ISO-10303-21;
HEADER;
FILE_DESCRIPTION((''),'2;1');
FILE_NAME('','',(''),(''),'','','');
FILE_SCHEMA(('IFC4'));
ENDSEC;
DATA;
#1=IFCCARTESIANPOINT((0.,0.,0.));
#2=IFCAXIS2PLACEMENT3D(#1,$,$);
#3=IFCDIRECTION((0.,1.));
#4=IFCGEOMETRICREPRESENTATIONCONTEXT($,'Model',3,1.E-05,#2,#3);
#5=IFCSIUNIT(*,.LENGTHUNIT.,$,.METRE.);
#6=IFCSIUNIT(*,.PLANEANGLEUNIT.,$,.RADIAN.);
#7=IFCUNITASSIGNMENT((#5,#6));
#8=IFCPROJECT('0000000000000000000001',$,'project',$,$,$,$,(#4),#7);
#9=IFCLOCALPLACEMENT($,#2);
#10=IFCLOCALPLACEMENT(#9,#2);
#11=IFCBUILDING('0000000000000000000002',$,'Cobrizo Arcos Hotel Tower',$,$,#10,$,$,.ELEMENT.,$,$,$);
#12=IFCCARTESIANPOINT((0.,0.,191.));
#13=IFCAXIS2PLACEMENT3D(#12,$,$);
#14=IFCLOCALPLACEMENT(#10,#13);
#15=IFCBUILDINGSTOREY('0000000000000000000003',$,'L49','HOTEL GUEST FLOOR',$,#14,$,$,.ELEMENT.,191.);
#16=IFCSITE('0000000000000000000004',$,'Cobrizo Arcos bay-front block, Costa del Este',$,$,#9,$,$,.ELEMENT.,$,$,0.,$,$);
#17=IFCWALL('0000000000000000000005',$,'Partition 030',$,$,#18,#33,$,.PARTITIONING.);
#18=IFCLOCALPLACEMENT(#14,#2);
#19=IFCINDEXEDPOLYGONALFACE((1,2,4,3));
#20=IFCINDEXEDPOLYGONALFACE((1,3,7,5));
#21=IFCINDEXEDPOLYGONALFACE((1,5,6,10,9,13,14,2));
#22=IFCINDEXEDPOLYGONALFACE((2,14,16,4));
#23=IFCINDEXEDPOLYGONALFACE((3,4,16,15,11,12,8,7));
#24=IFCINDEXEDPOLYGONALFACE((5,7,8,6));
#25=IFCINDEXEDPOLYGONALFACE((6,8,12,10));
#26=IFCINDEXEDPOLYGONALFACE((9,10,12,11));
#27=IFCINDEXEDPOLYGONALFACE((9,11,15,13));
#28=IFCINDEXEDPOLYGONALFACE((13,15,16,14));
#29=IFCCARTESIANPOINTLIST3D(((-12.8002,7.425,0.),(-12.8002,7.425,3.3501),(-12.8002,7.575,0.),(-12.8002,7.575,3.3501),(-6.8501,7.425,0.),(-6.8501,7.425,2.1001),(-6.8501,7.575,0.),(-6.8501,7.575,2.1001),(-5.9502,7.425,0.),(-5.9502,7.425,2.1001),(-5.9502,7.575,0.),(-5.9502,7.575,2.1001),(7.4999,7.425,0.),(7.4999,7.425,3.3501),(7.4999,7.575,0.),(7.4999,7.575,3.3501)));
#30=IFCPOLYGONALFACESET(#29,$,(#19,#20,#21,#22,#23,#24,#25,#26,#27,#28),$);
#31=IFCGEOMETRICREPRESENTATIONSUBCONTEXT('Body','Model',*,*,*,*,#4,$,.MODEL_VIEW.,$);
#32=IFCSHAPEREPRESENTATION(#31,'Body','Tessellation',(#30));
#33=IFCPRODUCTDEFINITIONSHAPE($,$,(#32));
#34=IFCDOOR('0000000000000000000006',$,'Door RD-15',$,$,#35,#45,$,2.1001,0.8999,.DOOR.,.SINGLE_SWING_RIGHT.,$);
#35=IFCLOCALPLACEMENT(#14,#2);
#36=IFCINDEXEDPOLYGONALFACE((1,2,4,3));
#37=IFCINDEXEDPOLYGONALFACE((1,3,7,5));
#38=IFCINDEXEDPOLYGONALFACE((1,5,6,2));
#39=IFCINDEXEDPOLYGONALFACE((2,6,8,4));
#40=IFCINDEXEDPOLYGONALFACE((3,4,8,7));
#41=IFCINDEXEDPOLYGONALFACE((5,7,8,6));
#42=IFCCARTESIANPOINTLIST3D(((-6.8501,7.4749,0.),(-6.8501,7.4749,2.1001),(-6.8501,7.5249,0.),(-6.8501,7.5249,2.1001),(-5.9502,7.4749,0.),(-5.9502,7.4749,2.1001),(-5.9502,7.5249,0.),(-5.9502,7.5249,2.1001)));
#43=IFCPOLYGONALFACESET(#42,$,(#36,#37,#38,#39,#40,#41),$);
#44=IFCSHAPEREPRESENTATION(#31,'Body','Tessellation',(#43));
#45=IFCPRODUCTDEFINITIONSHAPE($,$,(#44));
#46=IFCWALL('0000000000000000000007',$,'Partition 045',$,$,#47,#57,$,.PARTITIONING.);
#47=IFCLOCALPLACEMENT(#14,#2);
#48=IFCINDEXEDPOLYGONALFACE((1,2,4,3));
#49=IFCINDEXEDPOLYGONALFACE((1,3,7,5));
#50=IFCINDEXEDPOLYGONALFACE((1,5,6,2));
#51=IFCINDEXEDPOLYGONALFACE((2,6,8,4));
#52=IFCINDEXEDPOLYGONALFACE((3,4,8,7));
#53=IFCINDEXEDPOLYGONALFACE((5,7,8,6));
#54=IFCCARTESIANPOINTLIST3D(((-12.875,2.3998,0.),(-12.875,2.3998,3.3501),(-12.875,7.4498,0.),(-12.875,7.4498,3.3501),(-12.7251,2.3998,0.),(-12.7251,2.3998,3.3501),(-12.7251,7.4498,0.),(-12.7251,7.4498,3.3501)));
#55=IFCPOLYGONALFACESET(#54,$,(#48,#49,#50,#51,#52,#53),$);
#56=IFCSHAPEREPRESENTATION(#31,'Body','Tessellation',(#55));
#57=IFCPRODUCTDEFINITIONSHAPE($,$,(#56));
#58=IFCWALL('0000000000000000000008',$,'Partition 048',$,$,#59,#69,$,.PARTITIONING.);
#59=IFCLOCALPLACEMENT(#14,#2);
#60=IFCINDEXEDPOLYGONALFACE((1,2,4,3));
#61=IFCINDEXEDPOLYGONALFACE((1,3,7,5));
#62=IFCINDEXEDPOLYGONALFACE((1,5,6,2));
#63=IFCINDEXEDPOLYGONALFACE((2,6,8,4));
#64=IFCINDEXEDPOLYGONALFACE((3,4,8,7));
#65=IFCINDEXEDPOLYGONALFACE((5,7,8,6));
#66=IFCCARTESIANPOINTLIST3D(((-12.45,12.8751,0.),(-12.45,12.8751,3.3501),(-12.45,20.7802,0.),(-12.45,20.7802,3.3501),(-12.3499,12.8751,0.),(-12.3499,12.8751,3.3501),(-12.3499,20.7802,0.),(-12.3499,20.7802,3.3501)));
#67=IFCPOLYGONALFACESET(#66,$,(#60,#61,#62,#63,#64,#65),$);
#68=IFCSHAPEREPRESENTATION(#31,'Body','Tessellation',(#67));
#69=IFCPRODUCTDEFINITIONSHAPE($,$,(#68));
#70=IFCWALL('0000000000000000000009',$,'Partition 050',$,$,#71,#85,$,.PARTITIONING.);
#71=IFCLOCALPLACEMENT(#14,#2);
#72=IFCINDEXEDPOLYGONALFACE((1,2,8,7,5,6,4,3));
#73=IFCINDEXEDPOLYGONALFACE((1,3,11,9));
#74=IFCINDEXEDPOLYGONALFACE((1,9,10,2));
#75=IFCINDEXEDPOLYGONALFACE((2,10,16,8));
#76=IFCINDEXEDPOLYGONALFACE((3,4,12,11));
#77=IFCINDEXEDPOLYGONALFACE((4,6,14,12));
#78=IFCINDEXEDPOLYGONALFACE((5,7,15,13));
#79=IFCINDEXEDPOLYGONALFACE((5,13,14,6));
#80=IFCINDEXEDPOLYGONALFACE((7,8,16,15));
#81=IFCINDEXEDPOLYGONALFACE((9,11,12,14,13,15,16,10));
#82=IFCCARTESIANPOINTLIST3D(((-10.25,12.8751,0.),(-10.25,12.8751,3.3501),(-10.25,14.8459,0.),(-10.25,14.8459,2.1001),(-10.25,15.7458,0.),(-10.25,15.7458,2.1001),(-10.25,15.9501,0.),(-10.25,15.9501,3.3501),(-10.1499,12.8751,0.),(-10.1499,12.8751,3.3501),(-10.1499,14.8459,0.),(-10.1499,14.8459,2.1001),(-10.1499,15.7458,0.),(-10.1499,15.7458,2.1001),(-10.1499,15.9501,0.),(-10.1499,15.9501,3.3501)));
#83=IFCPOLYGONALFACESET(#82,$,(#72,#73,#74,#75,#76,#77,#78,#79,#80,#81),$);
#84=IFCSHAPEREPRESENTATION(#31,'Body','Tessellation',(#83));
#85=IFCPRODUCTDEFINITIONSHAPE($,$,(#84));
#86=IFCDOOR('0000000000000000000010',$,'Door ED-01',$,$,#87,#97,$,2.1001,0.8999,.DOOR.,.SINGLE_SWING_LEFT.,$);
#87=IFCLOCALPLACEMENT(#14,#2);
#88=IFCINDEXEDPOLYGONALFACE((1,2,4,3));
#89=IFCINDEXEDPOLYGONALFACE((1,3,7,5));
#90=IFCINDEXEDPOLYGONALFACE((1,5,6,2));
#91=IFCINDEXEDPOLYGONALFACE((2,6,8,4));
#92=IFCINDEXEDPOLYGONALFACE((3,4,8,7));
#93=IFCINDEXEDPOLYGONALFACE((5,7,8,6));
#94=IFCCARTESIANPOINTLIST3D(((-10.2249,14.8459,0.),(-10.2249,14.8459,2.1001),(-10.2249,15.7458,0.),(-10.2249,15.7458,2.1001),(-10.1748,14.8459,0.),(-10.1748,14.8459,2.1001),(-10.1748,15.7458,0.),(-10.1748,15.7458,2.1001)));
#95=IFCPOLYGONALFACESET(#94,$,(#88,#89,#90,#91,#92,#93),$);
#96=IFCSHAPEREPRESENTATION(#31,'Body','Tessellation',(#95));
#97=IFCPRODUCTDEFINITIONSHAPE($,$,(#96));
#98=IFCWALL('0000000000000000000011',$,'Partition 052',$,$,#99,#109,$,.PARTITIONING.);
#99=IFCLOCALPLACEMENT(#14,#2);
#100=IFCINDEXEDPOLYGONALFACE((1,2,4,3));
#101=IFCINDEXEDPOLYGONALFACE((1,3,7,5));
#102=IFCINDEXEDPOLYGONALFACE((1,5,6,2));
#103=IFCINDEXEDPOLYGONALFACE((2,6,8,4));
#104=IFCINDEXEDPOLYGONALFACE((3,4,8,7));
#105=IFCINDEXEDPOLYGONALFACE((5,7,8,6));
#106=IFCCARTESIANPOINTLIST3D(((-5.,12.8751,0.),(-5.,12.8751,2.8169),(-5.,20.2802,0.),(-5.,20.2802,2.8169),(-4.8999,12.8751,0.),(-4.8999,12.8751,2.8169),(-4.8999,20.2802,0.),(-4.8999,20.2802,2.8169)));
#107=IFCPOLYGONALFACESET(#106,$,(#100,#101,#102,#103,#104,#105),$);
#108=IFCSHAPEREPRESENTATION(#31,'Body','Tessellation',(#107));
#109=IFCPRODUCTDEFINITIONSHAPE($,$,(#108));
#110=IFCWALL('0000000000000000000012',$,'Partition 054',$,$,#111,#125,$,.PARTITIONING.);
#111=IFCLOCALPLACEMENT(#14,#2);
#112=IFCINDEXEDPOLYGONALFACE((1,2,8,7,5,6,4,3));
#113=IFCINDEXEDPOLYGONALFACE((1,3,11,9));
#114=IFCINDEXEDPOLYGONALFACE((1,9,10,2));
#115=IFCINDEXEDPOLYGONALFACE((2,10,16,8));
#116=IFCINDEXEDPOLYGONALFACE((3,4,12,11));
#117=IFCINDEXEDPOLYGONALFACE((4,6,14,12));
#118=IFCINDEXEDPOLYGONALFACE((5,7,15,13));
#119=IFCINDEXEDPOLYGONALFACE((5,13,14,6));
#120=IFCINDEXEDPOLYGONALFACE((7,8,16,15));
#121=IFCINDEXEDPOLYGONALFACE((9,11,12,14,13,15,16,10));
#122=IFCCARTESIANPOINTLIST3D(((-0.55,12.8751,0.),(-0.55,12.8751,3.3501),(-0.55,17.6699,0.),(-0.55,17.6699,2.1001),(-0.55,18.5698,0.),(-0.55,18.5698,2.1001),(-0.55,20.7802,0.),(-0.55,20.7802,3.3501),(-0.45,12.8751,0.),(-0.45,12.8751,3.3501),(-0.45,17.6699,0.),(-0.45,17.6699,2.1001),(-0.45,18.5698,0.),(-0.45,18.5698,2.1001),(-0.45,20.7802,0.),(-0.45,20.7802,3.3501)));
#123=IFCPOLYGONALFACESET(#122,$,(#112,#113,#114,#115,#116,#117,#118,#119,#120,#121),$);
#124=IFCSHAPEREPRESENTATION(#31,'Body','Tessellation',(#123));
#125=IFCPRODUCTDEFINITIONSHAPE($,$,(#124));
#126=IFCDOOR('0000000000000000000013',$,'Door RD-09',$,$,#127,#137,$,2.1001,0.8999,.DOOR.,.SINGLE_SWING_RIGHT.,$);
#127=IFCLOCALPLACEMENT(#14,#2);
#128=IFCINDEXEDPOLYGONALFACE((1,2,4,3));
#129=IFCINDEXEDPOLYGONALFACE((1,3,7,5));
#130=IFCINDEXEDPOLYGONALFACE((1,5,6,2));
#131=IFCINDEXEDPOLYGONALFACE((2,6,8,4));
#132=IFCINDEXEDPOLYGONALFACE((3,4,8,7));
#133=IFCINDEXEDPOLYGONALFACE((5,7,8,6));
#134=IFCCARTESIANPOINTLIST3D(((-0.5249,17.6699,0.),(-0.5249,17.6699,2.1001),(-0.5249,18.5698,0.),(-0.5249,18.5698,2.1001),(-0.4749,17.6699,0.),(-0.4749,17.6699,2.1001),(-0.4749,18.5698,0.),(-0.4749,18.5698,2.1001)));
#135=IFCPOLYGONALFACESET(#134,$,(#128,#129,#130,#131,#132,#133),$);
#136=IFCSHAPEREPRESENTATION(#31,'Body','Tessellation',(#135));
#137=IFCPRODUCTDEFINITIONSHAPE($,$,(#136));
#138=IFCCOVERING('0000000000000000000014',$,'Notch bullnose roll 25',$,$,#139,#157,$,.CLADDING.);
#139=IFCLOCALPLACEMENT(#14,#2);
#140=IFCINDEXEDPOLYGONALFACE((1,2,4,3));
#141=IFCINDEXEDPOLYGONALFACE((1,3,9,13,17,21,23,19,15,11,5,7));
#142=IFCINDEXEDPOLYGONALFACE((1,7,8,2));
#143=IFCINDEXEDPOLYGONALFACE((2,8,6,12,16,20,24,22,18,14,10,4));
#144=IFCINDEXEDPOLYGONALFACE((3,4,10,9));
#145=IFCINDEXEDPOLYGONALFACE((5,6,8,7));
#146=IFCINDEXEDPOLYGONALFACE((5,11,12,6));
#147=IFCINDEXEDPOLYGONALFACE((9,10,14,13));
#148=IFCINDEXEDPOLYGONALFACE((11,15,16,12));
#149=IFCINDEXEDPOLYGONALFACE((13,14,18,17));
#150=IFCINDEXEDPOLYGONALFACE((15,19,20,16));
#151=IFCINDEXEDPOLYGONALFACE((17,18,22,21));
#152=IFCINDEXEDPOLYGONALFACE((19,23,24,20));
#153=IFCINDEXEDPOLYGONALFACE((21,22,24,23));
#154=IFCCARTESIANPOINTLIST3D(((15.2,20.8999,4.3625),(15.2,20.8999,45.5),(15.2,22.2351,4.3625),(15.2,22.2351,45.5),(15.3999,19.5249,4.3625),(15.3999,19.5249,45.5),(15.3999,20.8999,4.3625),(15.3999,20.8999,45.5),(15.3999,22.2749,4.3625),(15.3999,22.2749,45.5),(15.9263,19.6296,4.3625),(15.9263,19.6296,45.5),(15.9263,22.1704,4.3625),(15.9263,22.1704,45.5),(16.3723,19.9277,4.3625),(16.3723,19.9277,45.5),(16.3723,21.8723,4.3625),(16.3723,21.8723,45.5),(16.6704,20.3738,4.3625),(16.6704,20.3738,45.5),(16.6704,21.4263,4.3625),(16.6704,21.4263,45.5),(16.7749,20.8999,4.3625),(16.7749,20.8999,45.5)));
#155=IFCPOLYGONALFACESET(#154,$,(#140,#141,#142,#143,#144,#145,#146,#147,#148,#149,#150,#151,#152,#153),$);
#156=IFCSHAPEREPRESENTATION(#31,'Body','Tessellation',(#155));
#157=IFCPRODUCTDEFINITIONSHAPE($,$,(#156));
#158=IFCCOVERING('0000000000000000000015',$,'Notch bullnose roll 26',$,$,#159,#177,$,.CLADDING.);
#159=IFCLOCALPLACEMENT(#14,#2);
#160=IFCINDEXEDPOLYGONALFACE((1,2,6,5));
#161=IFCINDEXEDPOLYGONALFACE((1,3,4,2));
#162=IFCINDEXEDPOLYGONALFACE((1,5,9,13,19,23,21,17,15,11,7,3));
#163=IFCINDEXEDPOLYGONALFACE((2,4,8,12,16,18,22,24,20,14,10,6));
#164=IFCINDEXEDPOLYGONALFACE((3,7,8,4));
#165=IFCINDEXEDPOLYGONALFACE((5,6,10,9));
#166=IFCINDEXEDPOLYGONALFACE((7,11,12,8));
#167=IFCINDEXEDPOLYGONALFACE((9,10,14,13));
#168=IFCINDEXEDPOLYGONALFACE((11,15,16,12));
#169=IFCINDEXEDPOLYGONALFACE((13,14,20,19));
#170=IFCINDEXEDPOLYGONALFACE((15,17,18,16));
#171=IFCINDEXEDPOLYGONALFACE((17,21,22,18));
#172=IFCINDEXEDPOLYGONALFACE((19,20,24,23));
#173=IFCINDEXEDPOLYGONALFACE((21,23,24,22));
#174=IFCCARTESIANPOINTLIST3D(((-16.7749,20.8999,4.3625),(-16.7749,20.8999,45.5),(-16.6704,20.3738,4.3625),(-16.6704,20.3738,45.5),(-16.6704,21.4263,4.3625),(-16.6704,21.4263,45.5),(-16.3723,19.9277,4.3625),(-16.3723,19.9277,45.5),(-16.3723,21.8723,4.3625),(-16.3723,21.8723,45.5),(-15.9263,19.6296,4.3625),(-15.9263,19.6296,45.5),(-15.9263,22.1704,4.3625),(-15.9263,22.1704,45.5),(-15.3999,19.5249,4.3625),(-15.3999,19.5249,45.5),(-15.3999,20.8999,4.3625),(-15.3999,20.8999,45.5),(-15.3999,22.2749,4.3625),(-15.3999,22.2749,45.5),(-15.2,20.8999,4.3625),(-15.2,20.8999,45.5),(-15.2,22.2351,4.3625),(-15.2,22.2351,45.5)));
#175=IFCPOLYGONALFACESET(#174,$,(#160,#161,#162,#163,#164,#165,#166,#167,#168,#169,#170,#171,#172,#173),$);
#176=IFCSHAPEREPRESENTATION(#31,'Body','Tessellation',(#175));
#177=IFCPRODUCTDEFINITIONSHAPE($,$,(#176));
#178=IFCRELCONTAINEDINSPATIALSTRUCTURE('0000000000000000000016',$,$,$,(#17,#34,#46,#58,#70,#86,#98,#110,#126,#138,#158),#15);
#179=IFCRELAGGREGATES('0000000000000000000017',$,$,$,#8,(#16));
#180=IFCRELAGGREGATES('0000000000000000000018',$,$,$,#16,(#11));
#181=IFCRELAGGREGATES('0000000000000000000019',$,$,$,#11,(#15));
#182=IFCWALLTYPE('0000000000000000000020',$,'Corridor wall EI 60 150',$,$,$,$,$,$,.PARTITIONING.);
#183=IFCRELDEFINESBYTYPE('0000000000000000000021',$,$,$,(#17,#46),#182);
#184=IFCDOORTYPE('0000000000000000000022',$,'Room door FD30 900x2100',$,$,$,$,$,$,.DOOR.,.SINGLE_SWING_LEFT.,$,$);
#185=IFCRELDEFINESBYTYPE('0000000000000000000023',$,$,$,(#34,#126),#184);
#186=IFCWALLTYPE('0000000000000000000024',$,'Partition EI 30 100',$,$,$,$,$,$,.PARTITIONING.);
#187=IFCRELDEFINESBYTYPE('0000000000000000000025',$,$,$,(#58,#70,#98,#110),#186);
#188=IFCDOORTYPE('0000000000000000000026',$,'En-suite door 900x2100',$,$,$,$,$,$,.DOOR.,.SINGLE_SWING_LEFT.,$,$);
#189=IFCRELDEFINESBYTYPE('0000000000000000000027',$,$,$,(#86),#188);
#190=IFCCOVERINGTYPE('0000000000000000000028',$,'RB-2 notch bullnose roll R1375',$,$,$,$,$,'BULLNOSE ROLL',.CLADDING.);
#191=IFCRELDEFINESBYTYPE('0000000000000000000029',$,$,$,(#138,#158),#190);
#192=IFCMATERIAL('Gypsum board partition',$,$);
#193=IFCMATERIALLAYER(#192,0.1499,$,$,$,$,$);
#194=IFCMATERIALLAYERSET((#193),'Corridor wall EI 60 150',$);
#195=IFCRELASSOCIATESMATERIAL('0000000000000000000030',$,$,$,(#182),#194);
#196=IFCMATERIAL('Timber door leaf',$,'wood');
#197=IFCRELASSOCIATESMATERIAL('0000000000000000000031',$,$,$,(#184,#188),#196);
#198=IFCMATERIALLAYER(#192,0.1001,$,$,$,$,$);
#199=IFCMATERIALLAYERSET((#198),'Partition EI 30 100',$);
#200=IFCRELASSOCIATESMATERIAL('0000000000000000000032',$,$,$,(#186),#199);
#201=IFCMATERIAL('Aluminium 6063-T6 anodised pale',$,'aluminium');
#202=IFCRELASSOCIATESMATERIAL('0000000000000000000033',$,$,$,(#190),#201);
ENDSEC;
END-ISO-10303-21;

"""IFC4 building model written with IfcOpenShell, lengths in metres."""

from ifc_helpers import new_model, si_unit, direction, frame, frame_2d, origin, place, context, subcontext, project, spatial, polyline, rectangle, outline, extrude, material, layer, layer_set, type_object, element, fill, save


model = new_model("IFC4")

# Units and contexts
model_context = context("Model", 3, precision=1e-05, world=origin(), true_north=direction((0.0, 1.0)))
body_context = subcontext(model_context, "Body", "Model", "MODEL_VIEW")
ifc_project = project(units=[si_unit("LENGTHUNIT", "METRE"), si_unit("PLANEANGLEUNIT", "RADIAN")], contexts=[model_context])

# Site, building, storey
site_placement = place(None, origin())
site = spatial("IfcSite", under=ifc_project, at=site_placement, Name="Cobrizo Arcos bay-front block, Costa del Este", CompositionType="ELEMENT", RefElevation=0.0)
building_placement = place(site_placement, origin())
building = spatial("IfcBuilding", under=site, at=building_placement, Name="Cobrizo Arcos Hotel Tower", CompositionType="ELEMENT")
storey_placement = place(building_placement, frame((0.0, 0.0, 191.0)))
storey = spatial("IfcBuildingStorey", under=building, at=storey_placement, Name="L49", Description="HOTEL GUEST FLOOR", CompositionType="ELEMENT", Elevation=191.0)

# Wall, opening, door
ifc_material_1 = material(Name="Gypsum board partition")
ifc_layer_1 = layer(ifc_material_1, 0.1499)
ifc_layer_set_1 = layer_set([ifc_layer_1], Name="Corridor wall EI 60 150")
wall_type_1 = type_object("IfcWallType", Name="Corridor wall EI 60 150", PredefinedType="PARTITIONING", material=ifc_layer_set_1)
wall_1_placement = place(storey_placement, frame((-12.8, 7.5, 0.0), z_axis=(0.0, 0.0, 1.0), x_axis=(1.0, 0.0, 0.0)))
wall_1 = element("IfcWall", 1, at=wall_1_placement, inside=storey, type_object=wall_type_1, Name="Partition 030", PredefinedType="PARTITIONING", context=body_context, shape_type="SweptSolid", body=[
    extrude(rectangle(XDim=20.3, YDim=0.1499, at=frame_2d((10.1499, 0.0))), origin(), (0.0, 0.0, 1.0), 3.3501),
])
opening_1_placement = place(wall_1_placement, frame((5.95, 0.0, 0.0)))
opening_1 = element("IfcOpeningElement", 2, at=opening_1_placement, cuts=wall_1, PredefinedType="OPENING", context=body_context, shape_type="SweptSolid", body=[
    extrude(rectangle(XDim=0.8999, YDim=2.1001, at=frame_2d((0.45, 1.05))), frame((0.0, 0.0869, 0.0), z_axis=(0.0, -1.0, 0.0), x_axis=(1.0, 0.0, 0.0)), (0.0, 0.0, 1.0), 0.1738),
])
ifc_material_2 = material(Name="Timber door leaf", Category="wood")
door_type_1 = type_object("IfcDoorType", Name="Room door FD30 900x2100", OperationType="SINGLE_SWING_LEFT", PredefinedType="DOOR", material=ifc_material_2)
door_1_placement = place(opening_1_placement, origin())
door_1 = element("IfcDoor", 3, at=door_1_placement, inside=storey, type_object=door_type_1, Name="Door RD-15", OperationType="SINGLE_SWING_RIGHT", OverallHeight=2.1001, OverallWidth=0.8999, PredefinedType="DOOR", context=body_context, shape_type="SweptSolid", body=[
    extrude(rectangle(XDim=0.8999, YDim=2.1001, at=frame_2d((0.45, 1.05))), frame((0.0, 0.0249, 0.0), z_axis=(0.0, -1.0, 0.0), x_axis=(1.0, 0.0, 0.0)), (0.0, 0.0, 1.0), 0.05),
])
fill(opening_1, door_1)

# Walls
wall_2_placement = place(storey_placement, frame((-12.8, 2.3999, 0.0), z_axis=(0.0, 0.0, 1.0), x_axis=(0.0, 1.0, 0.0)))
element("IfcWall", 4, at=wall_2_placement, inside=storey, type_object=wall_type_1, Name="Partition 045", PredefinedType="PARTITIONING", context=body_context, shape_type="SweptSolid", body=[
    extrude(rectangle(XDim=5.05, YDim=0.1499, at=frame_2d((2.5249, 0.0))), origin(), (0.0, 0.0, 1.0), 3.3501),
])
ifc_layer_2 = layer(ifc_material_1, 0.1001)
ifc_layer_set_2 = layer_set([ifc_layer_2], Name="Partition EI 30 100")
wall_type_2 = type_object("IfcWallType", Name="Partition EI 30 100", PredefinedType="PARTITIONING", material=ifc_layer_set_2)
wall_3_placement = place(storey_placement, frame((-12.3999, 12.875, 0.0), z_axis=(0.0, 0.0, 1.0), x_axis=(0.0, 1.0, 0.0)))
element("IfcWall", 5, at=wall_3_placement, inside=storey, type_object=wall_type_2, Name="Partition 048", PredefinedType="PARTITIONING", context=body_context, shape_type="SweptSolid", body=[
    extrude(rectangle(XDim=7.905, YDim=0.1001, at=frame_2d((3.9526, 0.0))), origin(), (0.0, 0.0, 1.0), 3.3501),
])

# Wall, opening, door
wall_4_placement = place(storey_placement, frame((-10.2, 12.875, 0.0), z_axis=(0.0, 0.0, 1.0), x_axis=(0.0, 1.0, 0.0)))
wall_4 = element("IfcWall", 6, at=wall_4_placement, inside=storey, type_object=wall_type_2, Name="Partition 050", PredefinedType="PARTITIONING", context=body_context, shape_type="SweptSolid", body=[
    extrude(rectangle(XDim=3.075, YDim=0.1001, at=frame_2d((1.5376, 0.0))), origin(), (0.0, 0.0, 1.0), 3.3501),
])
opening_2_placement = place(wall_4_placement, frame((1.9709, 0.0, 0.0)))
opening_2 = element("IfcOpeningElement", 7, at=opening_2_placement, cuts=wall_4, PredefinedType="OPENING", context=body_context, shape_type="SweptSolid", body=[
    extrude(rectangle(XDim=0.8999, YDim=2.1001, at=frame_2d((0.45, 1.05))), frame((0.0, 0.062, 0.0), z_axis=(0.0, -1.0, 0.0), x_axis=(1.0, 0.0, 0.0)), (0.0, 0.0, 1.0), 0.124),
])
door_type_2 = type_object("IfcDoorType", Name="En-suite door 900x2100", OperationType="SINGLE_SWING_LEFT", PredefinedType="DOOR", material=ifc_material_2)
door_2_placement = place(opening_2_placement, origin())
door_2 = element("IfcDoor", 8, at=door_2_placement, inside=storey, type_object=door_type_2, Name="Door ED-01", OperationType="SINGLE_SWING_LEFT", OverallHeight=2.1001, OverallWidth=0.8999, PredefinedType="DOOR", context=body_context, shape_type="SweptSolid", body=[
    extrude(rectangle(XDim=0.8999, YDim=2.1001, at=frame_2d((0.45, 1.05))), frame((0.0, 0.0249, 0.0), z_axis=(0.0, -1.0, 0.0), x_axis=(1.0, 0.0, 0.0)), (0.0, 0.0, 1.0), 0.05),
])
fill(opening_2, door_2)

# Wall
wall_5_placement = place(storey_placement, frame((-4.95, 12.875, 0.0), z_axis=(0.0, 0.0, 1.0), x_axis=(0.0, 1.0, 0.0)))
element("IfcWall", 9, at=wall_5_placement, inside=storey, type_object=wall_type_2, Name="Partition 052", PredefinedType="PARTITIONING", context=body_context, shape_type="SweptSolid", body=[
    extrude(rectangle(XDim=7.405, YDim=0.1001, at=frame_2d((3.7026, 0.0))), origin(), (0.0, 0.0, 1.0), 2.8169),
])

# Wall, opening, door
wall_6_placement = place(storey_placement, frame((-0.5, 12.875, 0.0), z_axis=(0.0, 0.0, 1.0), x_axis=(0.0, 1.0, 0.0)))
wall_6 = element("IfcWall", 10, at=wall_6_placement, inside=storey, type_object=wall_type_2, Name="Partition 054", PredefinedType="PARTITIONING", context=body_context, shape_type="SweptSolid", body=[
    extrude(rectangle(XDim=7.905, YDim=0.1001, at=frame_2d((3.9526, 0.0))), origin(), (0.0, 0.0, 1.0), 3.3501),
])
opening_3_placement = place(wall_6_placement, frame((4.7949, 0.0, 0.0)))
opening_3 = element("IfcOpeningElement", 11, at=opening_3_placement, cuts=wall_6, PredefinedType="OPENING", context=body_context, shape_type="SweptSolid", body=[
    extrude(rectangle(XDim=0.8999, YDim=2.1001, at=frame_2d((0.45, 1.05))), frame((0.0, 0.062, 0.0), z_axis=(0.0, -1.0, 0.0), x_axis=(1.0, 0.0, 0.0)), (0.0, 0.0, 1.0), 0.124),
])
door_3_placement = place(opening_3_placement, origin())
door_3 = element("IfcDoor", 12, at=door_3_placement, inside=storey, type_object=door_type_1, Name="Door RD-09", OperationType="SINGLE_SWING_RIGHT", OverallHeight=2.1001, OverallWidth=0.8999, PredefinedType="DOOR", context=body_context, shape_type="SweptSolid", body=[
    extrude(rectangle(XDim=0.8999, YDim=2.1001, at=frame_2d((0.45, 1.05))), frame((0.0, 0.0249, 0.0), z_axis=(0.0, -1.0, 0.0), x_axis=(1.0, 0.0, 0.0)), (0.0, 0.0, 1.0), 0.05),
])
fill(opening_3, door_3)

# Coverings
ifc_material_3 = material(Name="Aluminium 6063-T6 anodised pale", Category="aluminium")
covering_type = type_object("IfcCoveringType", Name="RB-2 notch bullnose roll R1375", ElementType="BULLNOSE ROLL", PredefinedType="CLADDING", material=ifc_material_3)
covering_1_placement = place(storey_placement, frame((0.0, 0.0, 4.3625)))
element("IfcCovering", 13, at=covering_1_placement, inside=storey, type_object=covering_type, Name="Notch bullnose roll 25", PredefinedType="CLADDING", context=body_context, shape_type="SweptSolid", body=[
    extrude(outline(polyline([(16.3723, 19.9277), (16.6704, 20.3738), (16.7749, 20.8999), (16.6704, 21.4263), (16.3723, 21.8723), (15.9263, 22.1704), (15.3999, 22.2749), (15.2, 22.2351), (15.2, 20.8999), (15.3999, 20.8999), (15.3999, 19.5249), (15.9263, 19.6296), (16.3723, 19.9277)])), origin(), (0.0, 0.0, 1.0), 41.1375),
])
covering_2_placement = place(storey_placement, frame((0.0, 0.0, 4.3625)))
element("IfcCovering", 14, at=covering_2_placement, inside=storey, type_object=covering_type, Name="Notch bullnose roll 26", PredefinedType="CLADDING", context=body_context, shape_type="SweptSolid", body=[
    extrude(outline(polyline([(-16.3723, 19.9277), (-15.9263, 19.6296), (-15.3999, 19.5249), (-15.3999, 20.8999), (-15.2, 20.8999), (-15.2, 22.2351), (-15.3999, 22.2749), (-15.9263, 22.1704), (-16.3723, 21.8723), (-16.6704, 21.4263), (-16.7749, 20.8999), (-16.6704, 20.3738), (-16.3723, 19.9277)])), origin(), (0.0, 0.0, 1.0), 41.1375),
])

save(model, "model.ifc")
